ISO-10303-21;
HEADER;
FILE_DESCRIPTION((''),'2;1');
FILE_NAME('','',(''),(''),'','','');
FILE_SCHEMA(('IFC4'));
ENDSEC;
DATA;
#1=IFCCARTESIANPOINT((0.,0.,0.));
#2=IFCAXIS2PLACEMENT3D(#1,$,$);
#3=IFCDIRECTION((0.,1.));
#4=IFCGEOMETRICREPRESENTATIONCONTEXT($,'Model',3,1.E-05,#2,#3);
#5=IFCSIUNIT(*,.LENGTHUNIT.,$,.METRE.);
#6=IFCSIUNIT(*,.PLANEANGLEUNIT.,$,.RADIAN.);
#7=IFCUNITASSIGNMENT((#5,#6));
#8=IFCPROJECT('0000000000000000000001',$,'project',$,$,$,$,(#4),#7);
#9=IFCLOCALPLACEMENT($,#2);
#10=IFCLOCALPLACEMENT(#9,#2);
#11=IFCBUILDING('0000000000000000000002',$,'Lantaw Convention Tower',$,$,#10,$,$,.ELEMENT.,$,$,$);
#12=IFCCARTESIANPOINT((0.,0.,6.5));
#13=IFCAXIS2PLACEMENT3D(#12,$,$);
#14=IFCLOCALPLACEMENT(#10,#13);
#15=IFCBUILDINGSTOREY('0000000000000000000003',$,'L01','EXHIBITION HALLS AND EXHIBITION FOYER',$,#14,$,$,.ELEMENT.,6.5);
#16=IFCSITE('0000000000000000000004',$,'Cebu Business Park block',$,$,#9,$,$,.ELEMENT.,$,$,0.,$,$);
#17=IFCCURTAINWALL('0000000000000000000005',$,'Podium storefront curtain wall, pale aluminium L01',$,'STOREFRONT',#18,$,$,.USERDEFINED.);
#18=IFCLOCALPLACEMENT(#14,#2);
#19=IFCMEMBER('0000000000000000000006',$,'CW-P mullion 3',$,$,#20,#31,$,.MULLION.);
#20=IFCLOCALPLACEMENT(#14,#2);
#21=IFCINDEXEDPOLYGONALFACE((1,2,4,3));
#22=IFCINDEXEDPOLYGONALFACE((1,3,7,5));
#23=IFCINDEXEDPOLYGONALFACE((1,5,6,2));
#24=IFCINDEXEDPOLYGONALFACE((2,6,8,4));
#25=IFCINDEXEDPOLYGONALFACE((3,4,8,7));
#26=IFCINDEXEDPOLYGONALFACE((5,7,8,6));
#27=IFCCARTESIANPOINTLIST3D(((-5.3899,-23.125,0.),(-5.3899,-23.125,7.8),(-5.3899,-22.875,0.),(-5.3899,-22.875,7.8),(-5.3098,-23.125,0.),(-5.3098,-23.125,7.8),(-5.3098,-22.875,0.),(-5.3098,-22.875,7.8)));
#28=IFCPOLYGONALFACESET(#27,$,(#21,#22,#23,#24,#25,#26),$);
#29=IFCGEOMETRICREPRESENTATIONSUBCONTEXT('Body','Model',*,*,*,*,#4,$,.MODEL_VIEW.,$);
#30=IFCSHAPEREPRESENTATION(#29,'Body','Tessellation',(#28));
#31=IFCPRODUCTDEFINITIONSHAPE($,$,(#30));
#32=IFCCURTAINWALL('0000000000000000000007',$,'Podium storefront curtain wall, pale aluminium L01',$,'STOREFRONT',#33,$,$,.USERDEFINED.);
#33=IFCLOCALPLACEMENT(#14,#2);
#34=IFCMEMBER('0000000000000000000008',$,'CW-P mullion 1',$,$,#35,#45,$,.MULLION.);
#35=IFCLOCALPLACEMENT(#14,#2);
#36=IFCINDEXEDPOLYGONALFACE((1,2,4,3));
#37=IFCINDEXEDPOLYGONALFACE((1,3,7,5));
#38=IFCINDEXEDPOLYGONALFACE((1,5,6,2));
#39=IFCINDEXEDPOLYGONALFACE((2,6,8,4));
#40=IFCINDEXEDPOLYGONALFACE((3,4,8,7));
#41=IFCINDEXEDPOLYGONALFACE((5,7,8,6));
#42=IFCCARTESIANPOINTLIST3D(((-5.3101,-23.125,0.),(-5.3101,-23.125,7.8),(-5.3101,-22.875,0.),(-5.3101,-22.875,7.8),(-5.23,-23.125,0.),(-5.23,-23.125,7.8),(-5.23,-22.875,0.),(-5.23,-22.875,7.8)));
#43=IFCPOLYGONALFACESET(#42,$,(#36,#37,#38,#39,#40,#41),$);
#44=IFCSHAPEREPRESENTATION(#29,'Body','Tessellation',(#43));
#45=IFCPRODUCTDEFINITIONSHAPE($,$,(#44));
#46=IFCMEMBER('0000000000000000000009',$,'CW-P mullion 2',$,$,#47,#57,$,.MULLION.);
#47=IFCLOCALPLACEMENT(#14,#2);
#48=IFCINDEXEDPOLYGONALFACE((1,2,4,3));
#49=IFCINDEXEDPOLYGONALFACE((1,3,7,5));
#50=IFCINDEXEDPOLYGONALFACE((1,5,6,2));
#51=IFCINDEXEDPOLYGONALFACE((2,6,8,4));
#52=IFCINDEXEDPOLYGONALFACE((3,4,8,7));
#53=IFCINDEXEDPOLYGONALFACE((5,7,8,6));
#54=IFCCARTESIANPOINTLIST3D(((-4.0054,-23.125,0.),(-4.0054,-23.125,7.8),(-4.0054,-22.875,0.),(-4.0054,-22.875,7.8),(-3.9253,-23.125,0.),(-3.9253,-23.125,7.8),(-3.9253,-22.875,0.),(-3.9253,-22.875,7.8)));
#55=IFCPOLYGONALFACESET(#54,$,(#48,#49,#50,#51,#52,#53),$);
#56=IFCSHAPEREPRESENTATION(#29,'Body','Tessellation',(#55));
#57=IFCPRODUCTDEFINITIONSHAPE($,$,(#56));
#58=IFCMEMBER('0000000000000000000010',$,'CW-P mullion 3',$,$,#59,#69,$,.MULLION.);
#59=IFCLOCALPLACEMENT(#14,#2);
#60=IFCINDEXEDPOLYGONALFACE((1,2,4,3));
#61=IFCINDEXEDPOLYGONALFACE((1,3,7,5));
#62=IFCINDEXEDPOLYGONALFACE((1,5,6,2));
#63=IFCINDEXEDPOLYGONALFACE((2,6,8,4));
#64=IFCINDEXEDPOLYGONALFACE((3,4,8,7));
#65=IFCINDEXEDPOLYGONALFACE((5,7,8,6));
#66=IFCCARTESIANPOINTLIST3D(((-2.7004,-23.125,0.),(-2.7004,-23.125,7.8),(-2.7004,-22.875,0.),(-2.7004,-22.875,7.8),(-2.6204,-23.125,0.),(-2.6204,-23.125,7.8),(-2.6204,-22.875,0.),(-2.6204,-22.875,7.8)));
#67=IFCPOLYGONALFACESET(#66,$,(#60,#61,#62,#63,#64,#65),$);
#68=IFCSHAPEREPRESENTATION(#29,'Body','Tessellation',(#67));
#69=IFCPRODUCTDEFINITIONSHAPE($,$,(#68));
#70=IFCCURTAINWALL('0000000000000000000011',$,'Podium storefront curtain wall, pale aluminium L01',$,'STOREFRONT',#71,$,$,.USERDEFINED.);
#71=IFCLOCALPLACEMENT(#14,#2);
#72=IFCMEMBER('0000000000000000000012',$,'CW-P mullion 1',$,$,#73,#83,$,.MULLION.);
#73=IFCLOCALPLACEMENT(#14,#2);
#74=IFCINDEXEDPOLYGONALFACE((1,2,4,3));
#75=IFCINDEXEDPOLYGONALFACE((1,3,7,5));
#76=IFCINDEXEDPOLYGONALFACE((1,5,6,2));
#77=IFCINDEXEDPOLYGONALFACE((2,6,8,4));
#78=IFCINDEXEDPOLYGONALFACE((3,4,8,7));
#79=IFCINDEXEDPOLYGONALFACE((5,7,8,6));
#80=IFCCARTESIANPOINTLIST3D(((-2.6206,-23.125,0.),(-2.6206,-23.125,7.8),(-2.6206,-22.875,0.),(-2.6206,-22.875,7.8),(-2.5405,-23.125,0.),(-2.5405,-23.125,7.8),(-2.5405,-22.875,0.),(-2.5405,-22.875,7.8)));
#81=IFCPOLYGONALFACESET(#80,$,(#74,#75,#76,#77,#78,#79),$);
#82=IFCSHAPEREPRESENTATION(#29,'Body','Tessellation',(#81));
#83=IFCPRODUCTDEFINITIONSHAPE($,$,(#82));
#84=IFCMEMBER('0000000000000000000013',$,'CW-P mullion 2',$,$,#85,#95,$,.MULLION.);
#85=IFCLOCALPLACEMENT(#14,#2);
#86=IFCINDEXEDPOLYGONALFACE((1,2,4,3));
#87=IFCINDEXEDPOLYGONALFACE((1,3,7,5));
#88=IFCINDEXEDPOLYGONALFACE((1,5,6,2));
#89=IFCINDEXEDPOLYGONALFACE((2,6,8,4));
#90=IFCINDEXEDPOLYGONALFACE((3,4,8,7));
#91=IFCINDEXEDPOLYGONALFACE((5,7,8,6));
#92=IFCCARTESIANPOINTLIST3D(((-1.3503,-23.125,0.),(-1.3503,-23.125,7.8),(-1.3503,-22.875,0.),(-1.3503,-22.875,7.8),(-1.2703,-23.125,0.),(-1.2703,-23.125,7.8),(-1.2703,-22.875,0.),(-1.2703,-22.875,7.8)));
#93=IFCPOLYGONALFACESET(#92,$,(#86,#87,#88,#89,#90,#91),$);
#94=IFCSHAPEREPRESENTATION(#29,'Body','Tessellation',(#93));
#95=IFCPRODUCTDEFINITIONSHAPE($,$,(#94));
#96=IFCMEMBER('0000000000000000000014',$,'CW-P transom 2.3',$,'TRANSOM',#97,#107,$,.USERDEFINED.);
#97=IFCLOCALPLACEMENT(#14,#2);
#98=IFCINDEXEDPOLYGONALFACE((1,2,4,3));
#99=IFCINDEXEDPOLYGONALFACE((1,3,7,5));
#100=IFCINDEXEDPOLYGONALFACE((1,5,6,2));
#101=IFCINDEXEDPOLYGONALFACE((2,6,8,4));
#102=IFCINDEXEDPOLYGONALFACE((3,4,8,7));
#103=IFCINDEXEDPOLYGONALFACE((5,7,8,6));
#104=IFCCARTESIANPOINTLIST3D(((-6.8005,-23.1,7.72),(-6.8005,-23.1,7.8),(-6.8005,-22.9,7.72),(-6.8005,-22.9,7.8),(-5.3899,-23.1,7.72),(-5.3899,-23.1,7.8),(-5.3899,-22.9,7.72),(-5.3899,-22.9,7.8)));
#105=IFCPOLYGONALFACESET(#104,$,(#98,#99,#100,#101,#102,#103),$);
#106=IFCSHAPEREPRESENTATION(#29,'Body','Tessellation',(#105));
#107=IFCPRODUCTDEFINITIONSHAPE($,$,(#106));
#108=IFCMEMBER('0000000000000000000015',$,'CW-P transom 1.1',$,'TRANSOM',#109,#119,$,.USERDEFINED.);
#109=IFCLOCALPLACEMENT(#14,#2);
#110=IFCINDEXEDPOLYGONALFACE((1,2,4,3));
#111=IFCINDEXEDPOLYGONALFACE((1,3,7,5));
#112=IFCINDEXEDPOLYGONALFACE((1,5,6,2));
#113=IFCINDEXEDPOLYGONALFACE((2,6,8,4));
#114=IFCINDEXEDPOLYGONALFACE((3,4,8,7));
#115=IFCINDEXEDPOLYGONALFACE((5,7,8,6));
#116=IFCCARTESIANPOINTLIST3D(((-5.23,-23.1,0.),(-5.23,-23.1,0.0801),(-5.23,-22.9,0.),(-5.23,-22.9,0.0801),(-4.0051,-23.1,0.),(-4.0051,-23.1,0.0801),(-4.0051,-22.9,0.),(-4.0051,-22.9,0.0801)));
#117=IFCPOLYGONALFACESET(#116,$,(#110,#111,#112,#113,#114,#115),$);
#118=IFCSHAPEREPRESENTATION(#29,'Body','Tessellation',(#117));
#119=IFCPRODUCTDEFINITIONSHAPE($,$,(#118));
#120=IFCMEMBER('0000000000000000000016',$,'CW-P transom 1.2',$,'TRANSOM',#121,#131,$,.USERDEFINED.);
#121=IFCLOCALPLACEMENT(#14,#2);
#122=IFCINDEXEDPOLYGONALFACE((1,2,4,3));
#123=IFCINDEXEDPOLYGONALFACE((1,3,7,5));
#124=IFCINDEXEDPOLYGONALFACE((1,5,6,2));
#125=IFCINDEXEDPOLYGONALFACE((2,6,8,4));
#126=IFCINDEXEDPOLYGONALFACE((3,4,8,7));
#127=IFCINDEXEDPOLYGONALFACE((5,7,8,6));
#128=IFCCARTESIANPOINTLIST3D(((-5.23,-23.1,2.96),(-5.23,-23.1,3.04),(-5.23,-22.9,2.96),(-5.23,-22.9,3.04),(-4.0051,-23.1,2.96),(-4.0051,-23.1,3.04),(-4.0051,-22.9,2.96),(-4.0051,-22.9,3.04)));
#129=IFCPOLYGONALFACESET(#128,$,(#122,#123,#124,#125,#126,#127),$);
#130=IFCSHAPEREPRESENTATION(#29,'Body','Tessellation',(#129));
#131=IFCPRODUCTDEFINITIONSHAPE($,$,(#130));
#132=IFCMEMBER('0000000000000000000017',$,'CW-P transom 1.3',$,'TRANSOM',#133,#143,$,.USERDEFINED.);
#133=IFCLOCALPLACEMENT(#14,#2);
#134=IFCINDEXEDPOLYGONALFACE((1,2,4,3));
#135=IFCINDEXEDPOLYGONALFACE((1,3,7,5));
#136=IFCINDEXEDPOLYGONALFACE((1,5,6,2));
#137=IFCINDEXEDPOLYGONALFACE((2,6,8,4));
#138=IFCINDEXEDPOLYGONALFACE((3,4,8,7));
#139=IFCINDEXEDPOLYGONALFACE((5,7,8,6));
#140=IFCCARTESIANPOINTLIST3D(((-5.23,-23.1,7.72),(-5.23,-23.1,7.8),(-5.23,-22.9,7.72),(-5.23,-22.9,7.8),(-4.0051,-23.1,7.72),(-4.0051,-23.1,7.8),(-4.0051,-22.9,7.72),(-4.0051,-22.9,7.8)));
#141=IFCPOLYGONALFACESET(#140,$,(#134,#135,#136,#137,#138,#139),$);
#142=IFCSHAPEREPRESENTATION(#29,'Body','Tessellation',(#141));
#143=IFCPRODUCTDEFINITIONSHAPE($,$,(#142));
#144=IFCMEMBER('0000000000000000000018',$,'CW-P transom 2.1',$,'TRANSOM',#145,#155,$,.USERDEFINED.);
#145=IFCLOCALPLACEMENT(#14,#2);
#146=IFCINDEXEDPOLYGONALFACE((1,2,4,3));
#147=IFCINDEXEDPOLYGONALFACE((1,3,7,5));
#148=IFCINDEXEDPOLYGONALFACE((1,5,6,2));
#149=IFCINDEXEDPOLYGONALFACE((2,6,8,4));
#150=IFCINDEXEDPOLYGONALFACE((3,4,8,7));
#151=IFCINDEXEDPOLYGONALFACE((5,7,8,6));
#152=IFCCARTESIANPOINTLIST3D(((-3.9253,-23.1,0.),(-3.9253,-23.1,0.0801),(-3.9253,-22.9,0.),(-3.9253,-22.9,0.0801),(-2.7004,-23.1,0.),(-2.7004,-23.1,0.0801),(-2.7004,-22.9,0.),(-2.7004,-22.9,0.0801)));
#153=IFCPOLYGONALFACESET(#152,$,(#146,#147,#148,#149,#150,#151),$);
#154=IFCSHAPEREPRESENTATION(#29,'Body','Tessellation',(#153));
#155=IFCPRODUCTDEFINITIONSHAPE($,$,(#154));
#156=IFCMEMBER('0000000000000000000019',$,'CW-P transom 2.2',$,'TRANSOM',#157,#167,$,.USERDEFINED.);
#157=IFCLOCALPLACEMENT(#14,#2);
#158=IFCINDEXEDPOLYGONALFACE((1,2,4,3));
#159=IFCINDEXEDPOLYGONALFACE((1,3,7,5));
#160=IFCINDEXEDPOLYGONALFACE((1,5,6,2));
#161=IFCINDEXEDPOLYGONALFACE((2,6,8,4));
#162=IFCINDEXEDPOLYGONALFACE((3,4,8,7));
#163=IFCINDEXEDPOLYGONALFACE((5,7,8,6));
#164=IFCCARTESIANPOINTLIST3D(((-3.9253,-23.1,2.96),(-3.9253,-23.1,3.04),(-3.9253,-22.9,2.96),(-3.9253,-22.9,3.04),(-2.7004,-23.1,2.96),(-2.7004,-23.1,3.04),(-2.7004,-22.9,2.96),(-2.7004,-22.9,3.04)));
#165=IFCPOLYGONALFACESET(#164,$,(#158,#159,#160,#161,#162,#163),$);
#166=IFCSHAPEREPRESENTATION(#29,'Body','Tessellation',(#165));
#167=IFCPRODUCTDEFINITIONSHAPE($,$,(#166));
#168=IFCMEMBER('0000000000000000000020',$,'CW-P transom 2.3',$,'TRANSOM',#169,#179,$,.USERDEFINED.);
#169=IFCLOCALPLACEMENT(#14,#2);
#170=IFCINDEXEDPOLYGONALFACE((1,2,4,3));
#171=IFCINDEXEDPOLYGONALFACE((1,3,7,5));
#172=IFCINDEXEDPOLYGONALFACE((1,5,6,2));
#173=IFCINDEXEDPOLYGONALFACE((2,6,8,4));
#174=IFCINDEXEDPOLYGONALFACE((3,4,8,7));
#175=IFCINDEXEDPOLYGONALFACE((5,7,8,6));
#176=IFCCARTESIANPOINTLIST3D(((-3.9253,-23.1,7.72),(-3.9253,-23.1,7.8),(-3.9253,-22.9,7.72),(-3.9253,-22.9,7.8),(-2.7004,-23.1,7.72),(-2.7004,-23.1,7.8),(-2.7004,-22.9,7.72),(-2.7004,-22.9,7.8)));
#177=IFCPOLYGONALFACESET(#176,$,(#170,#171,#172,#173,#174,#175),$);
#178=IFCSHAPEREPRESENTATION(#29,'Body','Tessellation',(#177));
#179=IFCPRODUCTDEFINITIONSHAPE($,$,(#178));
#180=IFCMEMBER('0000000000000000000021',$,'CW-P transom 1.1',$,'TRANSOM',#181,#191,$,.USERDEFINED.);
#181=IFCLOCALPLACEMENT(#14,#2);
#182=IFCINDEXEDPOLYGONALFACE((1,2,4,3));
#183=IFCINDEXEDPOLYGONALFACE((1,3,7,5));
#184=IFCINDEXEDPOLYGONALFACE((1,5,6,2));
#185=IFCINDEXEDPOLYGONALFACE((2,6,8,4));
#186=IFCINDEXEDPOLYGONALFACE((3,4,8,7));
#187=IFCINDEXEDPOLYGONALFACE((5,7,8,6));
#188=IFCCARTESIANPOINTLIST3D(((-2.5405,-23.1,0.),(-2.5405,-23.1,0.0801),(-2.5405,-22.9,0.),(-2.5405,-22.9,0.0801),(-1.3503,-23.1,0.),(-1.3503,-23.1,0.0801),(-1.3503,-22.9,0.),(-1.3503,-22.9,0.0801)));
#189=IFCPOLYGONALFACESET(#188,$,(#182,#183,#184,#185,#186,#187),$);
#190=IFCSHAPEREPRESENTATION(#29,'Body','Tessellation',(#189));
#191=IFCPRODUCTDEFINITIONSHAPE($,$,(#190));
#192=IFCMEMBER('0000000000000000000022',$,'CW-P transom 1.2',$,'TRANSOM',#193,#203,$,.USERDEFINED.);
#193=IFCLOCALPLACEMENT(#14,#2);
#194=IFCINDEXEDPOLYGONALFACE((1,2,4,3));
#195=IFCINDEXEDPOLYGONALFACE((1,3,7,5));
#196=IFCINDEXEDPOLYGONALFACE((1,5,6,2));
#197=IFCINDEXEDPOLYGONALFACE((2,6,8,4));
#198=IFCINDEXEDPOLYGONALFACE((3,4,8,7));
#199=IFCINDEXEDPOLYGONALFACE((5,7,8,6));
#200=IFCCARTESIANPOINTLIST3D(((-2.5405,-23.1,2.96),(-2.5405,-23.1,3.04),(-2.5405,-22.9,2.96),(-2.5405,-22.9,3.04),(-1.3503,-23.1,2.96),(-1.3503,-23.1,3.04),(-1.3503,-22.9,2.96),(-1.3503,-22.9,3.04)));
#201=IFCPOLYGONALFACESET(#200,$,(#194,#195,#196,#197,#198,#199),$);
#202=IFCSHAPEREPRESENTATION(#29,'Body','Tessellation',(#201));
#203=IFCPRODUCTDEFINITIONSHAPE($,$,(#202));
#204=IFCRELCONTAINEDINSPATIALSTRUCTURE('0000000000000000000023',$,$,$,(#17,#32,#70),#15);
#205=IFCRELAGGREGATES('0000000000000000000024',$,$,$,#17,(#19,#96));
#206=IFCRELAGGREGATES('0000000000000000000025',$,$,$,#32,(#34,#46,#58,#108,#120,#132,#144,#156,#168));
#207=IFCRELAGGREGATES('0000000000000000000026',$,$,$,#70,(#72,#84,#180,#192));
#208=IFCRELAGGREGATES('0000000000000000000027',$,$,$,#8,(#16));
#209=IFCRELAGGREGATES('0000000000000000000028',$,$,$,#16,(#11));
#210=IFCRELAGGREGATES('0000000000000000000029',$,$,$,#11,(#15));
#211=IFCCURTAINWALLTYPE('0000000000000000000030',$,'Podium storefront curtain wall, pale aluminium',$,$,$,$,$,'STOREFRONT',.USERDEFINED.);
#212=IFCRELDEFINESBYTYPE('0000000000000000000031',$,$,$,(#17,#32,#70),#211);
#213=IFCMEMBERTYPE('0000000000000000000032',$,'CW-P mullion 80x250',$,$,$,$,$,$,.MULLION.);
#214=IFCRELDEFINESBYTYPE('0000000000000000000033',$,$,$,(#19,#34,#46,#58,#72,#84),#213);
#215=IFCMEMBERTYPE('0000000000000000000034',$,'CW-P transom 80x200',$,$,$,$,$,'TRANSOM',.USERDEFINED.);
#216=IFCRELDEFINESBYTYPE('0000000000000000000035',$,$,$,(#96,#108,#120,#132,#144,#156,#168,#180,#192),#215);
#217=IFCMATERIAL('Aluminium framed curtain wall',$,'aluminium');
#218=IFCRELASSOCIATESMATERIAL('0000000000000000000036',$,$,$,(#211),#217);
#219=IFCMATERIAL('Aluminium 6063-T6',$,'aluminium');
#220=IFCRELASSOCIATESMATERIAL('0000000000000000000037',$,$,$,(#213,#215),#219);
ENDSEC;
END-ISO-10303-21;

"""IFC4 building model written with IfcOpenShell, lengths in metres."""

from ifc_helpers import new_model, si_unit, direction, frame, origin, origin_2d, place, context, subcontext, project, spatial, rectangle, extrude, material, material_profile, profile_set, type_object, element, aggregate, save


model = new_model("IFC4")

# Units and contexts
model_context = context("Model", 3, precision=1e-05, world=origin(), true_north=direction((0.0, 1.0)))
body_context = subcontext(model_context, "Body", "Model", "MODEL_VIEW")
ifc_project = project(units=[si_unit("LENGTHUNIT", "METRE"), si_unit("PLANEANGLEUNIT", "RADIAN")], contexts=[model_context])

# Site, building, storey
site_placement = place(None, origin())
site = spatial("IfcSite", under=ifc_project, at=site_placement, Name="Cebu Business Park block", CompositionType="ELEMENT", RefElevation=0.0)
building_placement = place(site_placement, origin())
building = spatial("IfcBuilding", under=site, at=building_placement, Name="Lantaw Convention Tower", CompositionType="ELEMENT")
storey_placement = place(building_placement, frame((0.0, 0.0, 6.5)))
storey = spatial("IfcBuildingStorey", under=building, at=storey_placement, Name="L01", Description="EXHIBITION HALLS AND EXHIBITION FOYER", CompositionType="ELEMENT", Elevation=6.5)

# Curtain wall, member
ifc_material_1 = material(Name="Aluminium framed curtain wall", Category="aluminium")
curtain_wall_type = type_object("IfcCurtainWallType", Name="Podium storefront curtain wall, pale aluminium", ElementType="STOREFRONT", PredefinedType="USERDEFINED", material=ifc_material_1)
curtain_wall_1_placement = place(storey_placement, origin())
curtain_wall_1 = element("IfcCurtainWall", 1, at=curtain_wall_1_placement, inside=storey, type_object=curtain_wall_type, Name="Podium storefront curtain wall, pale aluminium L01", ObjectType="STOREFRONT", PredefinedType="USERDEFINED")
ifc_material_2 = material(Name="Aluminium 6063-T6", Category="aluminium")
ifc_material_profile_1 = material_profile(ifc_material_2, rectangle(XDim=0.25, YDim=0.0801, at=origin_2d()), Name="CW-P mullion 80x250")
ifc_profile_set_1 = profile_set([ifc_material_profile_1], Name="Aluminium 6063-T6")
member_type_1 = type_object("IfcMemberType", Name="CW-P mullion 80x250", PredefinedType="MULLION", material=ifc_profile_set_1)
member_1_placement = place(storey_placement, frame((-5.3499, -23.0, 0.0), z_axis=(0.0, 0.0, 1.0), x_axis=(0.0, 1.0, 0.0)))
member_1 = element("IfcMember", 2, at=member_1_placement, type_object=member_type_1, Name="CW-P mullion 3", PredefinedType="MULLION", context=body_context, shape_type="SweptSolid", body=[
    extrude(rectangle(XDim=0.25, YDim=0.0801, at=origin_2d()), origin(), (0.0, 0.0, 1.0), 7.8),
])

# Curtain walls, members
curtain_wall_2_placement = place(storey_placement, origin())
curtain_wall_2 = element("IfcCurtainWall", 3, at=curtain_wall_2_placement, inside=storey, type_object=curtain_wall_type, Name="Podium storefront curtain wall, pale aluminium L01", ObjectType="STOREFRONT", PredefinedType="USERDEFINED")
member_2_placement = place(storey_placement, frame((-5.27, -23.0, 0.0), z_axis=(0.0, 0.0, 1.0), x_axis=(0.0, 1.0, 0.0)))
member_2 = element("IfcMember", 4, at=member_2_placement, type_object=member_type_1, Name="CW-P mullion 1", PredefinedType="MULLION", context=body_context, shape_type="SweptSolid", body=[
    extrude(rectangle(XDim=0.25, YDim=0.0801, at=origin_2d()), origin(), (0.0, 0.0, 1.0), 7.8),
])
member_3_placement = place(storey_placement, frame((-3.9653, -23.0, 0.0), z_axis=(0.0, 0.0, 1.0), x_axis=(0.0, 1.0, 0.0)))
member_3 = element("IfcMember", 5, at=member_3_placement, type_object=member_type_1, Name="CW-P mullion 2", PredefinedType="MULLION", context=body_context, shape_type="SweptSolid", body=[
    extrude(rectangle(XDim=0.25, YDim=0.0801, at=origin_2d()), origin(), (0.0, 0.0, 1.0), 7.8),
])
member_4_placement = place(storey_placement, frame((-2.6604, -23.0, 0.0), z_axis=(0.0, 0.0, 1.0), x_axis=(0.0, 1.0, 0.0)))
member_4 = element("IfcMember", 6, at=member_4_placement, type_object=member_type_1, Name="CW-P mullion 3", PredefinedType="MULLION", context=body_context, shape_type="SweptSolid", body=[
    extrude(rectangle(XDim=0.25, YDim=0.0801, at=origin_2d()), origin(), (0.0, 0.0, 1.0), 7.8),
])
curtain_wall_3_placement = place(storey_placement, origin())
curtain_wall_3 = element("IfcCurtainWall", 7, at=curtain_wall_3_placement, inside=storey, type_object=curtain_wall_type, Name="Podium storefront curtain wall, pale aluminium L01", ObjectType="STOREFRONT", PredefinedType="USERDEFINED")
member_5_placement = place(storey_placement, frame((-2.5806, -23.0, 0.0), z_axis=(0.0, 0.0, 1.0), x_axis=(0.0, 1.0, 0.0)))
member_5 = element("IfcMember", 8, at=member_5_placement, type_object=member_type_1, Name="CW-P mullion 1", PredefinedType="MULLION", context=body_context, shape_type="SweptSolid", body=[
    extrude(rectangle(XDim=0.25, YDim=0.0801, at=origin_2d()), origin(), (0.0, 0.0, 1.0), 7.8),
])
member_6_placement = place(storey_placement, frame((-1.3103, -23.0, 0.0), z_axis=(0.0, 0.0, 1.0), x_axis=(0.0, 1.0, 0.0)))
member_6 = element("IfcMember", 9, at=member_6_placement, type_object=member_type_1, Name="CW-P mullion 2", PredefinedType="MULLION", context=body_context, shape_type="SweptSolid", body=[
    extrude(rectangle(XDim=0.25, YDim=0.0801, at=origin_2d()), origin(), (0.0, 0.0, 1.0), 7.8),
])

# Members
ifc_material_profile_2 = material_profile(ifc_material_2, rectangle(XDim=0.2, YDim=0.0801, at=origin_2d()), Name="CW-P transom 80x200")
ifc_profile_set_2 = profile_set([ifc_material_profile_2], Name="Aluminium 6063-T6")
member_type_2 = type_object("IfcMemberType", Name="CW-P transom 80x200", ElementType="TRANSOM", PredefinedType="USERDEFINED", material=ifc_profile_set_2)
member_7_placement = place(storey_placement, frame((-6.8005, -23.0, 7.76), z_axis=(1.0, 0.0, 0.0), x_axis=(0.0, 1.0, 0.0)))
member_7 = element("IfcMember", 10, at=member_7_placement, type_object=member_type_2, Name="CW-P transom 2.3", ObjectType="TRANSOM", PredefinedType="USERDEFINED", context=body_context, shape_type="SweptSolid", body=[
    extrude(rectangle(XDim=0.2, YDim=0.0801, at=origin_2d()), origin(), (0.0, 0.0, 1.0), 1.4106),
])
member_8_placement = place(storey_placement, frame((-5.23, -23.0, 0.04), z_axis=(1.0, 0.0, 0.0), x_axis=(0.0, 1.0, 0.0)))
member_8 = element("IfcMember", 11, at=member_8_placement, type_object=member_type_2, Name="CW-P transom 1.1", ObjectType="TRANSOM", PredefinedType="USERDEFINED", context=body_context, shape_type="SweptSolid", body=[
    extrude(rectangle(XDim=0.2, YDim=0.0801, at=origin_2d()), origin(), (0.0, 0.0, 1.0), 1.2249),
])
member_9_placement = place(storey_placement, frame((-5.23, -23.0, 3.0), z_axis=(1.0, 0.0, 0.0), x_axis=(0.0, 1.0, 0.0)))
member_9 = element("IfcMember", 12, at=member_9_placement, type_object=member_type_2, Name="CW-P transom 1.2", ObjectType="TRANSOM", PredefinedType="USERDEFINED", context=body_context, shape_type="SweptSolid", body=[
    extrude(rectangle(XDim=0.2, YDim=0.0801, at=origin_2d()), origin(), (0.0, 0.0, 1.0), 1.2249),
])
member_10_placement = place(storey_placement, frame((-5.23, -23.0, 7.76), z_axis=(1.0, 0.0, 0.0), x_axis=(0.0, 1.0, 0.0)))
member_10 = element("IfcMember", 13, at=member_10_placement, type_object=member_type_2, Name="CW-P transom 1.3", ObjectType="TRANSOM", PredefinedType="USERDEFINED", context=body_context, shape_type="SweptSolid", body=[
    extrude(rectangle(XDim=0.2, YDim=0.0801, at=origin_2d()), origin(), (0.0, 0.0, 1.0), 1.2249),
])
member_11_placement = place(storey_placement, frame((-3.9253, -23.0, 0.04), z_axis=(1.0, 0.0, 0.0), x_axis=(0.0, 1.0, 0.0)))
member_11 = element("IfcMember", 14, at=member_11_placement, type_object=member_type_2, Name="CW-P transom 2.1", ObjectType="TRANSOM", PredefinedType="USERDEFINED", context=body_context, shape_type="SweptSolid", body=[
    extrude(rectangle(XDim=0.2, YDim=0.0801, at=origin_2d()), origin(), (0.0, 0.0, 1.0), 1.2249),
])
member_12_placement = place(storey_placement, frame((-3.9253, -23.0, 3.0), z_axis=(1.0, 0.0, 0.0), x_axis=(0.0, 1.0, 0.0)))
member_12 = element("IfcMember", 15, at=member_12_placement, type_object=member_type_2, Name="CW-P transom 2.2", ObjectType="TRANSOM", PredefinedType="USERDEFINED", context=body_context, shape_type="SweptSolid", body=[
    extrude(rectangle(XDim=0.2, YDim=0.0801, at=origin_2d()), origin(), (0.0, 0.0, 1.0), 1.2249),
])
member_13_placement = place(storey_placement, frame((-3.9253, -23.0, 7.76), z_axis=(1.0, 0.0, 0.0), x_axis=(0.0, 1.0, 0.0)))
member_13 = element("IfcMember", 16, at=member_13_placement, type_object=member_type_2, Name="CW-P transom 2.3", ObjectType="TRANSOM", PredefinedType="USERDEFINED", context=body_context, shape_type="SweptSolid", body=[
    extrude(rectangle(XDim=0.2, YDim=0.0801, at=origin_2d()), origin(), (0.0, 0.0, 1.0), 1.2249),
])
member_14_placement = place(storey_placement, frame((-2.5405, -23.0, 0.04), z_axis=(1.0, 0.0, 0.0), x_axis=(0.0, 1.0, 0.0)))
member_14 = element("IfcMember", 17, at=member_14_placement, type_object=member_type_2, Name="CW-P transom 1.1", ObjectType="TRANSOM", PredefinedType="USERDEFINED", context=body_context, shape_type="SweptSolid", body=[
    extrude(rectangle(XDim=0.2, YDim=0.0801, at=origin_2d()), origin(), (0.0, 0.0, 1.0), 1.1902),
])
member_15_placement = place(storey_placement, frame((-2.5405, -23.0, 3.0), z_axis=(1.0, 0.0, 0.0), x_axis=(0.0, 1.0, 0.0)))
member_15 = element("IfcMember", 18, at=member_15_placement, type_object=member_type_2, Name="CW-P transom 1.2", ObjectType="TRANSOM", PredefinedType="USERDEFINED", context=body_context, shape_type="SweptSolid", body=[
    extrude(rectangle(XDim=0.2, YDim=0.0801, at=origin_2d()), origin(), (0.0, 0.0, 1.0), 1.1902),
])

aggregate(curtain_wall_1, [member_1, member_7])
aggregate(curtain_wall_2, [member_2, member_3, member_4, member_8, member_9, member_10, member_11, member_12, member_13])
aggregate(curtain_wall_3, [member_5, member_6, member_14, member_15])

save(model, "model.ifc")
